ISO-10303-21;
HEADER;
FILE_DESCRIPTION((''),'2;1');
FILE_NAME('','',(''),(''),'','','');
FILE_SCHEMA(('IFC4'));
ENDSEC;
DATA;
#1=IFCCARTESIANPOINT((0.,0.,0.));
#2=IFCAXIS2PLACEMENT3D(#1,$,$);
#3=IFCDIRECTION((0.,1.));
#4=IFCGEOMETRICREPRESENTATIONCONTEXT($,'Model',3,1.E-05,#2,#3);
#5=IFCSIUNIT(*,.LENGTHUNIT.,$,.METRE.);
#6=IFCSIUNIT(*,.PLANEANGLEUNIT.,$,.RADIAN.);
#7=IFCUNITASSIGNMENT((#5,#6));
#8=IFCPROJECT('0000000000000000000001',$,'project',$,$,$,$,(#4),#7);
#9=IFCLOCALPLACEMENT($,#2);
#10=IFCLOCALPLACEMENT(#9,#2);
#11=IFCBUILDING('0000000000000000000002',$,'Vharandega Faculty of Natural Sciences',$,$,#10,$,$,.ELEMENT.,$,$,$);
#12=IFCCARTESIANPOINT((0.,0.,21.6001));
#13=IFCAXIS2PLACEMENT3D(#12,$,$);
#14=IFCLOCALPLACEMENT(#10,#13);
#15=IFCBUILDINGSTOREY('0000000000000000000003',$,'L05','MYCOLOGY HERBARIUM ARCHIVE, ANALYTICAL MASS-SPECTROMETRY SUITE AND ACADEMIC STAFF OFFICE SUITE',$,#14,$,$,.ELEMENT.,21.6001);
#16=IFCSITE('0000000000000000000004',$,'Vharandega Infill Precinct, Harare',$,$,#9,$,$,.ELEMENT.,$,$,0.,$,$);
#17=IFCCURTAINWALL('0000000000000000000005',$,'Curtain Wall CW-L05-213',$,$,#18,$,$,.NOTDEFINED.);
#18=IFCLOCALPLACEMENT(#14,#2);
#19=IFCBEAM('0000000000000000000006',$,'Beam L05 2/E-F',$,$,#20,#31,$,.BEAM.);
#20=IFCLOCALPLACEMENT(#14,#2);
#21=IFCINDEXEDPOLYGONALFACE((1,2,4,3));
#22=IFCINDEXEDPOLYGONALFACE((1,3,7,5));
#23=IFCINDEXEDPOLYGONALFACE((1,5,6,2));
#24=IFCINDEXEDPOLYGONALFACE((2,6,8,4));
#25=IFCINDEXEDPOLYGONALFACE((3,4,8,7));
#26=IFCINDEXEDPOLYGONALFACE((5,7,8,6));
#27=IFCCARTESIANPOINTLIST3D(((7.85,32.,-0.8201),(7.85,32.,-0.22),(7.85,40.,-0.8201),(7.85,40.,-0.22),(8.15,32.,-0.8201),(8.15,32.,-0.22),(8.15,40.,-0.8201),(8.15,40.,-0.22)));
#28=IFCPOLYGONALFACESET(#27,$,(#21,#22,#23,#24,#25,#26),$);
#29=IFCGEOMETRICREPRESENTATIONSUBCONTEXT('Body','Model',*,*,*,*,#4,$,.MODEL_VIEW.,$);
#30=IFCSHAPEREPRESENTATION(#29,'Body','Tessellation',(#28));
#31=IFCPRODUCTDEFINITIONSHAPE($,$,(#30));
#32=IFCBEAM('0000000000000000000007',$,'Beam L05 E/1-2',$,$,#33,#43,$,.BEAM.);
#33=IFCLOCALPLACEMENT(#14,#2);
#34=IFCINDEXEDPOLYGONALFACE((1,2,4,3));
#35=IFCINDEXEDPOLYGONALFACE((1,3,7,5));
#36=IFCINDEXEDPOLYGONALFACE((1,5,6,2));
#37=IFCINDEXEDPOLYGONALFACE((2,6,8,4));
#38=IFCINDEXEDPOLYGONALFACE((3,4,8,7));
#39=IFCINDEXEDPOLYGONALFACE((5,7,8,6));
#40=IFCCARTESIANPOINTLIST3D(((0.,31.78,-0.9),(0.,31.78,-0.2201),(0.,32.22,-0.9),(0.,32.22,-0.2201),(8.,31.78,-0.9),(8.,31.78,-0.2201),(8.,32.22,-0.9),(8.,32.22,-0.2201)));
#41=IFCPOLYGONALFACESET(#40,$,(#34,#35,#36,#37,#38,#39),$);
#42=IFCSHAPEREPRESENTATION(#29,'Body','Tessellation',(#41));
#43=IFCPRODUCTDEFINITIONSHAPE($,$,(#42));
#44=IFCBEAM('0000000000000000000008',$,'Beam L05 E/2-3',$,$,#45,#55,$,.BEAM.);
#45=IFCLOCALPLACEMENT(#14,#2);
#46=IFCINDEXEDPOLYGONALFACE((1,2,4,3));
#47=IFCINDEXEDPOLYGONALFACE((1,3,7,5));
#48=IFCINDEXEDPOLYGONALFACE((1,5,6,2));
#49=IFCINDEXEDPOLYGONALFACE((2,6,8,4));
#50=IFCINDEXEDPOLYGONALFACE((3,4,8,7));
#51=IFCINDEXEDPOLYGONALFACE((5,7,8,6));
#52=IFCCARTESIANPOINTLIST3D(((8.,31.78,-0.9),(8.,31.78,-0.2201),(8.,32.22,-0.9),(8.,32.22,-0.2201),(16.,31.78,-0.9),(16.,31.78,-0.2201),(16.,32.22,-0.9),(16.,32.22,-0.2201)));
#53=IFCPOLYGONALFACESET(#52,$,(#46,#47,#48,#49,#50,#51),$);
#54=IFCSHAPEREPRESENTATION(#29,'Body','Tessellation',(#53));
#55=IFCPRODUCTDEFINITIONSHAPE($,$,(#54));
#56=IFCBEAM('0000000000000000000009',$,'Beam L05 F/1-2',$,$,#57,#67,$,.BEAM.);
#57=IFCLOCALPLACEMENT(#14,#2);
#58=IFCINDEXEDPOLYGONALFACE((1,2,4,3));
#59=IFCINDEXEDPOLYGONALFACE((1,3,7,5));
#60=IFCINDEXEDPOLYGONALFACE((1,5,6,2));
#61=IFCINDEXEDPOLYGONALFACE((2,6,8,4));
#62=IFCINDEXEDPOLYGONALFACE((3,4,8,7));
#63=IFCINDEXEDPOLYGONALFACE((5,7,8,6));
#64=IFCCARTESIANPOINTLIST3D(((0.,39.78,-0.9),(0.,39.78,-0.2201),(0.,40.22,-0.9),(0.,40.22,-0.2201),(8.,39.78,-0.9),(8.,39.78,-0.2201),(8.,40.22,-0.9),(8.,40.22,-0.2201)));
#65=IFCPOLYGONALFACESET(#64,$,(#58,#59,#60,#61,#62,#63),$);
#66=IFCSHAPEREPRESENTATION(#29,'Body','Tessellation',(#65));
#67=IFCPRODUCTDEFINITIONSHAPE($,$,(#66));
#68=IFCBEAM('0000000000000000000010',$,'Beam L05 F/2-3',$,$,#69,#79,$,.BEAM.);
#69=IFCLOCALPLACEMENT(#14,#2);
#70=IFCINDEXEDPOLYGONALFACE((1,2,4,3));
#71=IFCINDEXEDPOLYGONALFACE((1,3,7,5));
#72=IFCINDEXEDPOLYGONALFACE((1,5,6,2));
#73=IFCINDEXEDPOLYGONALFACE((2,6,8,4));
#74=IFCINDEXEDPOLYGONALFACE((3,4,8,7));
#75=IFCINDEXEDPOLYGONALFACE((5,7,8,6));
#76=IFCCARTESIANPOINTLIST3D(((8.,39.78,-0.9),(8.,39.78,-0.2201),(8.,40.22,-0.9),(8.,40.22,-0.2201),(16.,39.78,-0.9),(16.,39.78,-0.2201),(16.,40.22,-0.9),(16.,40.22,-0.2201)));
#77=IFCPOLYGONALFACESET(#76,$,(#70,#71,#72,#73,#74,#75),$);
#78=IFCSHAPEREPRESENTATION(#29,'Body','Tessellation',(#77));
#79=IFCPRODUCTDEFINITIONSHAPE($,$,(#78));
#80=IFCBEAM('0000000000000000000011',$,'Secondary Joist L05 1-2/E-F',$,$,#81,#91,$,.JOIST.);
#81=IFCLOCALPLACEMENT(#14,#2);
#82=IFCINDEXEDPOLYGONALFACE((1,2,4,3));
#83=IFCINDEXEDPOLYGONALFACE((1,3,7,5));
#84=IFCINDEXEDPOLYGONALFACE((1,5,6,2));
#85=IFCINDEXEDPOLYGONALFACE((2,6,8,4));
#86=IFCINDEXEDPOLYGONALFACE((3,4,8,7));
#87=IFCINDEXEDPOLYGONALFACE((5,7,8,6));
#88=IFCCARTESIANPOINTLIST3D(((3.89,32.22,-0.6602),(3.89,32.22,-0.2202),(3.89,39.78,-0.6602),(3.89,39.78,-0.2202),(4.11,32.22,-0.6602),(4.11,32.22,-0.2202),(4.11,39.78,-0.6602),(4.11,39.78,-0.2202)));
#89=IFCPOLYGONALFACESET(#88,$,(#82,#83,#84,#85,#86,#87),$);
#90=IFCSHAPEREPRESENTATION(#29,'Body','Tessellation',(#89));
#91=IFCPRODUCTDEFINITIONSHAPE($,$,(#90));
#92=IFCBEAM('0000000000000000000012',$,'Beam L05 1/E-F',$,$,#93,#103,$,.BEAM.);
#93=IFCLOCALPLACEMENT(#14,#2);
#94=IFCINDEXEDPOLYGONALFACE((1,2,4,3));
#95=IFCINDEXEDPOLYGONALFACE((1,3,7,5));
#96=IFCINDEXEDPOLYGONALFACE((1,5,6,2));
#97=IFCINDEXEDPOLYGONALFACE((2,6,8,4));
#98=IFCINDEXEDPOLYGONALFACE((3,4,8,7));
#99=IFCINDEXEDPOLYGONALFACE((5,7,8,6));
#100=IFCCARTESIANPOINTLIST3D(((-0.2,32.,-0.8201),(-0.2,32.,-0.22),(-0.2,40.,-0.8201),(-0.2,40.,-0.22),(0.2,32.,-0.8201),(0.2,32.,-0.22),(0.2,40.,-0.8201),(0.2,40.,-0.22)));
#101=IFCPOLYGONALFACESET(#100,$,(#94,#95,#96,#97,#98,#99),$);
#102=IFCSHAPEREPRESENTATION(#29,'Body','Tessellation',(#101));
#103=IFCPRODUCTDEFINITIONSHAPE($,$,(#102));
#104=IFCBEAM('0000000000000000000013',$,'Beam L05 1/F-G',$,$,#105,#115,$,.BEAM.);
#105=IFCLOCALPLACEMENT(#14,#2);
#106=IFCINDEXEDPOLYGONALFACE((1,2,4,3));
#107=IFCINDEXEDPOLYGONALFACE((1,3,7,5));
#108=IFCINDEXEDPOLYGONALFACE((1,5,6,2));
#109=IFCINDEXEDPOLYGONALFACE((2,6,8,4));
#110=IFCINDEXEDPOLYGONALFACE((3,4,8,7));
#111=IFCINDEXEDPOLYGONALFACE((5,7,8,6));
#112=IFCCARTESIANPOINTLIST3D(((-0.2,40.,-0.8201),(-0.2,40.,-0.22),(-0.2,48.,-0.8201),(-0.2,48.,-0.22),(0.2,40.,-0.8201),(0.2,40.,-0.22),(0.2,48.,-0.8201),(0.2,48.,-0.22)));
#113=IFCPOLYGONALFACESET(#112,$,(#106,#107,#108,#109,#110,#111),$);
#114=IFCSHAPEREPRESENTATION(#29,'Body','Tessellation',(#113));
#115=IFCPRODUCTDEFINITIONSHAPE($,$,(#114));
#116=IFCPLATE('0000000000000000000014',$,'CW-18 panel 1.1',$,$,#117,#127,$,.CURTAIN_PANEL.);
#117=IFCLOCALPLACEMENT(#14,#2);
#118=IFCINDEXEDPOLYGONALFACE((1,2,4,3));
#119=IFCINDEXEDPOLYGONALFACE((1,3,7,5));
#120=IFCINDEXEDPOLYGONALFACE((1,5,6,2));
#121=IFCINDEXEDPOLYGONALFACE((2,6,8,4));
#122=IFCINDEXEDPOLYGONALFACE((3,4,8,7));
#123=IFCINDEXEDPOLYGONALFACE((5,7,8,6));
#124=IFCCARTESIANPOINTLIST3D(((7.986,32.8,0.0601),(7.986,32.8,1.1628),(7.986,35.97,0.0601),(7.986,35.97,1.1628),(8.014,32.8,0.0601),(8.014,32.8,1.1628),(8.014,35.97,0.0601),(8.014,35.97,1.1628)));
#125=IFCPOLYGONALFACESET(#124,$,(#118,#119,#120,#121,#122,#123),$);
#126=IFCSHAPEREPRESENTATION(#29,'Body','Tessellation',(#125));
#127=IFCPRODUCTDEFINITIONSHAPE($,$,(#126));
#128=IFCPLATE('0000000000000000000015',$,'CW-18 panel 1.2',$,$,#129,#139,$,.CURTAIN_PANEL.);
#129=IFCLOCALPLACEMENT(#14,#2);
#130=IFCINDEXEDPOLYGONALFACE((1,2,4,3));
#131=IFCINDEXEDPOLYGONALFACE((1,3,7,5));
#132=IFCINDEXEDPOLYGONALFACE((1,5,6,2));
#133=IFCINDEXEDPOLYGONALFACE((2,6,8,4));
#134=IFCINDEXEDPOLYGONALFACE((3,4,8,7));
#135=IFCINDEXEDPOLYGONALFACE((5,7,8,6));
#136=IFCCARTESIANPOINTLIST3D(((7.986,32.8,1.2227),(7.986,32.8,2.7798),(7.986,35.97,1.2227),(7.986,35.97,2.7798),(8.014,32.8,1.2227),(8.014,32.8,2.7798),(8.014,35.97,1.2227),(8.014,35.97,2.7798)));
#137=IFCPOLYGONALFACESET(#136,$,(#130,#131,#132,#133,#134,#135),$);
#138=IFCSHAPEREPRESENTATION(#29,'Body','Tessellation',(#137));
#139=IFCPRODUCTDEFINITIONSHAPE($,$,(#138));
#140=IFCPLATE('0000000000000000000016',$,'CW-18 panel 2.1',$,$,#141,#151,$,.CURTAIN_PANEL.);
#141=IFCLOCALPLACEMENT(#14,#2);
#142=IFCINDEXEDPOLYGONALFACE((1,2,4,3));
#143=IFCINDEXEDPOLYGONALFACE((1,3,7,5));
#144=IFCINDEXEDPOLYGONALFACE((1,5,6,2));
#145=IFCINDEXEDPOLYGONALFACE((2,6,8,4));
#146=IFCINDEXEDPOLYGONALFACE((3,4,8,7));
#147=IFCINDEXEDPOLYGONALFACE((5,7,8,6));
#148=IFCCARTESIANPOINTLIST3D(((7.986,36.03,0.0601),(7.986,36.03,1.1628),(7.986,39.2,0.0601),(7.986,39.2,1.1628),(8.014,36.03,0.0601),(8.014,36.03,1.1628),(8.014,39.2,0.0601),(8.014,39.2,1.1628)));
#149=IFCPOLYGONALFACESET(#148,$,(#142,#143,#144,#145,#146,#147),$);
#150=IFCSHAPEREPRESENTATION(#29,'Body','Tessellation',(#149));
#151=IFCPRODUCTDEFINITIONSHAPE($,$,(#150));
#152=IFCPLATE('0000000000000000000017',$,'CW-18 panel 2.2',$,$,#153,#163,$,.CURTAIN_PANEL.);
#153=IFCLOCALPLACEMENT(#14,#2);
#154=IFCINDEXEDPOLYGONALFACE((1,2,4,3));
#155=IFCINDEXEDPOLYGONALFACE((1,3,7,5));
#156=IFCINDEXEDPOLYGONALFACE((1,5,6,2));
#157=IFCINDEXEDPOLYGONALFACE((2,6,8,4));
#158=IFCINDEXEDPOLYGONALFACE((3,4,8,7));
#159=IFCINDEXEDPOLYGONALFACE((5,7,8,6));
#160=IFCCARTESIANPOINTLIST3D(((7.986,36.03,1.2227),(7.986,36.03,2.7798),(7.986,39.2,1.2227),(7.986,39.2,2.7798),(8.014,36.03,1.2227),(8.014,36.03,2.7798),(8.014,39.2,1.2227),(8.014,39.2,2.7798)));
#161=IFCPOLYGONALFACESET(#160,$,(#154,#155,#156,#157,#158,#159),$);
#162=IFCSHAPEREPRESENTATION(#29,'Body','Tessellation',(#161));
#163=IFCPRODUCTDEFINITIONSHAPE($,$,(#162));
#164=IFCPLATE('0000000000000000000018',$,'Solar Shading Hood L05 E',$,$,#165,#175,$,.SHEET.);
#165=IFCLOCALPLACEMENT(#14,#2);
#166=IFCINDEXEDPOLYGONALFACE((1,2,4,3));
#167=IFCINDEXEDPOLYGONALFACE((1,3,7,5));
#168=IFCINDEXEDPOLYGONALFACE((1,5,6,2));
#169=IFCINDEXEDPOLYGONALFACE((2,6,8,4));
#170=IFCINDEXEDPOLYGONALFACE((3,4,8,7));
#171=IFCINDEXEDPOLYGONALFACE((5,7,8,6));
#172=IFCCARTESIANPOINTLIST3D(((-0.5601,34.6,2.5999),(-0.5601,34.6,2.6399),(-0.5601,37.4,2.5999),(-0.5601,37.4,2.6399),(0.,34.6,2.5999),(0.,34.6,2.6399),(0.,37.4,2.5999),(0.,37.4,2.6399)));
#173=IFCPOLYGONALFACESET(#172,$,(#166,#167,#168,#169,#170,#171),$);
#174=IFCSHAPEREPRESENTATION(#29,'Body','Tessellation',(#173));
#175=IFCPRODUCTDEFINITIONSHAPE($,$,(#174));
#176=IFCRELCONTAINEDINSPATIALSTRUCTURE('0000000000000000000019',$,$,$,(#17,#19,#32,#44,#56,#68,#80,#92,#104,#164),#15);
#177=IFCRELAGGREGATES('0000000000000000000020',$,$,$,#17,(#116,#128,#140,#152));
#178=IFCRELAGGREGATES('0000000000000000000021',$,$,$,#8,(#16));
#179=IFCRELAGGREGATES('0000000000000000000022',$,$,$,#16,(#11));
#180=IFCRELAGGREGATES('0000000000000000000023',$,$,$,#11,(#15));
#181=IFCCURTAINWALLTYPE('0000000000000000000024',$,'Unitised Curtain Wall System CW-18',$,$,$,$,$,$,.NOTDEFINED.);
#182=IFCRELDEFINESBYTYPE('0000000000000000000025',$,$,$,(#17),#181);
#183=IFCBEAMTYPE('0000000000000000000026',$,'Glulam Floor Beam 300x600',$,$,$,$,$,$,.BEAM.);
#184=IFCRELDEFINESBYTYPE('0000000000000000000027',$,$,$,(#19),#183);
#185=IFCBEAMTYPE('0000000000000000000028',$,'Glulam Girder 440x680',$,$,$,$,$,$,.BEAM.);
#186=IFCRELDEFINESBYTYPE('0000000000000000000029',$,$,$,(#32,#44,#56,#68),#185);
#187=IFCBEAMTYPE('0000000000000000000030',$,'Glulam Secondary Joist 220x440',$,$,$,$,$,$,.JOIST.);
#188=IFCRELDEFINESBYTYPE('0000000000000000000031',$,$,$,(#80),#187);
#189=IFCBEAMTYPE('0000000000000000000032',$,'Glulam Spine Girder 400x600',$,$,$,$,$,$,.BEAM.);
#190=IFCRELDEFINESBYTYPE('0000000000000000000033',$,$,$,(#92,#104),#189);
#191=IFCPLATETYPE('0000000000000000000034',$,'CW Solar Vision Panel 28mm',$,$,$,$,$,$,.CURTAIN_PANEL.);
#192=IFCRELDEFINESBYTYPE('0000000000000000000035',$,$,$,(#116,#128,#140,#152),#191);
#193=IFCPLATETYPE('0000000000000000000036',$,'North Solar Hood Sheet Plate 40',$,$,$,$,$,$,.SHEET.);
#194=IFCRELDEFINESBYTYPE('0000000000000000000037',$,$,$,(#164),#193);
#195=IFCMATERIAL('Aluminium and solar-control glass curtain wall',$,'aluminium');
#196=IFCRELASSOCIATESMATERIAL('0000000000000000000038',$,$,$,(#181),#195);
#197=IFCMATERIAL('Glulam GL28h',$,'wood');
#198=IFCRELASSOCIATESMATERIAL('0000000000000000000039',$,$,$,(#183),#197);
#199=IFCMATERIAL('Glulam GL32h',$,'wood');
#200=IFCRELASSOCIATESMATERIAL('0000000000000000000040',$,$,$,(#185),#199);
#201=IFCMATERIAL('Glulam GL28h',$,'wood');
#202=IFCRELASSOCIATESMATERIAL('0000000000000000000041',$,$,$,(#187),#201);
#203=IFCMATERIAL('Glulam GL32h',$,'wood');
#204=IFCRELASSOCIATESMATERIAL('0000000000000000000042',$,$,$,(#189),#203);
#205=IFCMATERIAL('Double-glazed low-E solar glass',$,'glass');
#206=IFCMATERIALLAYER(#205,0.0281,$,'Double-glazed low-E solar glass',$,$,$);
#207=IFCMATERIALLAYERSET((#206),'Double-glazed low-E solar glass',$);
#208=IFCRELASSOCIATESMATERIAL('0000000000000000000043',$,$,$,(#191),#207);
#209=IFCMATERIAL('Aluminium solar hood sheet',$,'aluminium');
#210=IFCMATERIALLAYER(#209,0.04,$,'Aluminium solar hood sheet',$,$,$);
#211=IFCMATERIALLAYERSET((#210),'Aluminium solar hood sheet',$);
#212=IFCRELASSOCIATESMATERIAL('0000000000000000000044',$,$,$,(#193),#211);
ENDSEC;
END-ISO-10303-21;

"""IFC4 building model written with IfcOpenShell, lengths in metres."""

from ifc_helpers import new_model, si_unit, direction, frame, origin, origin_2d, place, context, subcontext, project, spatial, rectangle, extrude, material, layer, layer_set, material_profile, profile_set, type_object, element, aggregate, save


model = new_model("IFC4")

# Units and contexts
model_context = context("Model", 3, precision=1e-05, world=origin(), true_north=direction((0.0, 1.0)))
body_context = subcontext(model_context, "Body", "Model", "MODEL_VIEW")
ifc_project = project(units=[si_unit("LENGTHUNIT", "METRE"), si_unit("PLANEANGLEUNIT", "RADIAN")], contexts=[model_context])

# Site, building, storey
site_placement = place(None, origin())
site = spatial("IfcSite", under=ifc_project, at=site_placement, Name="Vharandega Infill Precinct, Harare", CompositionType="ELEMENT", RefElevation=0.0)
building_placement = place(site_placement, origin())
building = spatial("IfcBuilding", under=site, at=building_placement, Name="Vharandega Faculty of Natural Sciences", CompositionType="ELEMENT")
storey_placement = place(building_placement, frame((0.0, 0.0, 21.6001)))
storey = spatial("IfcBuildingStorey", under=building, at=storey_placement, Name="L05", Description="MYCOLOGY HERBARIUM ARCHIVE, ANALYTICAL MASS-SPECTROMETRY SUITE AND ACADEMIC STAFF OFFICE SUITE", CompositionType="ELEMENT", Elevation=21.6001)

# Curtain wall
ifc_material_1 = material(Name="Aluminium and solar-control glass curtain wall", Category="aluminium")
curtain_wall_type_1 = type_object("IfcCurtainWallType", Name="Unitised Curtain Wall System CW-18", PredefinedType="NOTDEFINED", material=ifc_material_1)
curtain_wall_1_placement = place(storey_placement, origin())
curtain_wall_1 = element("IfcCurtainWall", 1, at=curtain_wall_1_placement, inside=storey, type_object=curtain_wall_type_1, Name="Curtain Wall CW-L05-213", PredefinedType="NOTDEFINED")

# Beams
ifc_material_2 = material(Name="Glulam GL28h", Category="wood")
ifc_material_profile_1 = material_profile(ifc_material_2, rectangle(XDim=0.3, YDim=0.6001, at=origin_2d()), Name="GL28h 300x600")
ifc_profile_set_1 = profile_set([ifc_material_profile_1], Name="Glulam GL28h")
beam_type_1 = type_object("IfcBeamType", Name="Glulam Floor Beam 300x600", PredefinedType="BEAM", material=ifc_profile_set_1)
beam_1_placement = place(storey_placement, frame((8.0, 32.0, -0.52), z_axis=(0.0, 1.0, 0.0), x_axis=(-1.0, 0.0, 0.0)))
element("IfcBeam", 2, at=beam_1_placement, inside=storey, type_object=beam_type_1, Name="Beam L05 2/E-F", PredefinedType="BEAM", context=body_context, shape_type="SweptSolid", body=[
    extrude(rectangle(XDim=0.3, YDim=0.6001, at=origin_2d()), origin(), (0.0, 0.0, 1.0), 8.0),
])
ifc_material_3 = material(Name="Glulam GL32h", Category="wood")
ifc_material_profile_2 = material_profile(ifc_material_3, rectangle(XDim=0.4399, YDim=0.6799, at=origin_2d()), Name="GL32h 440x680")
ifc_profile_set_2 = profile_set([ifc_material_profile_2], Name="Glulam GL32h")
beam_type_2 = type_object("IfcBeamType", Name="Glulam Girder 440x680", PredefinedType="BEAM", material=ifc_profile_set_2)
for number, where, z_axis, x_axis, name in (
    (3, (0.0, 32.0, -0.5601), (1.0, 0.0, 0.0), (0.0, 1.0, 0.0), "Beam L05 E/1-2"),
    (4, (8.0, 32.0, -0.5601), (1.0, 0.0, 0.0), (0.0, 1.0, 0.0), "Beam L05 E/2-3"),
    (5, (0.0, 40.0, -0.5601), (1.0, 0.0, 0.0), (0.0, 1.0, 0.0), "Beam L05 F/1-2"),
    (6, (8.0, 40.0, -0.5601), (1.0, 0.0, 0.0), (0.0, 1.0, 0.0), "Beam L05 F/2-3"),
):
    element("IfcBeam", number, at=place(storey_placement, frame(where, z_axis=z_axis, x_axis=x_axis)), inside=storey, type_object=beam_type_2, Name=name, PredefinedType="BEAM", context=body_context, shape_type="SweptSolid", body=[
        extrude(rectangle(XDim=0.4399, YDim=0.6799, at=origin_2d()), origin(), (0.0, 0.0, 1.0), 8.0),
    ])
ifc_material_4 = material(Name="Glulam GL28h", Category="wood")
ifc_material_profile_3 = material_profile(ifc_material_4, rectangle(XDim=0.22, YDim=0.4399, at=origin_2d()), Name="GL28h 220x440")
ifc_profile_set_3 = profile_set([ifc_material_profile_3], Name="Glulam GL28h")
beam_type_3 = type_object("IfcBeamType", Name="Glulam Secondary Joist 220x440", PredefinedType="JOIST", material=ifc_profile_set_3)
beam_2_placement = place(storey_placement, frame((4.0, 32.22, -0.4402), z_axis=(0.0, 1.0, 0.0), x_axis=(-1.0, 0.0, 0.0)))
element("IfcBeam", 7, at=beam_2_placement, inside=storey, type_object=beam_type_3, Name="Secondary Joist L05 1-2/E-F", PredefinedType="JOIST", context=body_context, shape_type="SweptSolid", body=[
    extrude(rectangle(XDim=0.22, YDim=0.4399, at=origin_2d()), origin(), (0.0, 0.0, 1.0), 7.5601),
])
ifc_material_5 = material(Name="Glulam GL32h", Category="wood")
ifc_material_profile_4 = material_profile(ifc_material_5, rectangle(XDim=0.3999, YDim=0.6001, at=origin_2d()), Name="GL32h 400x600")
ifc_profile_set_4 = profile_set([ifc_material_profile_4], Name="Glulam GL32h")
beam_type_4 = type_object("IfcBeamType", Name="Glulam Spine Girder 400x600", PredefinedType="BEAM", material=ifc_profile_set_4)
for number, where, z_axis, x_axis, name in (
    (8, (0.0, 32.0, -0.52), (0.0, 1.0, 0.0), (-1.0, 0.0, 0.0), "Beam L05 1/E-F"),
    (9, (0.0, 40.0, -0.52), (0.0, 1.0, 0.0), (-1.0, 0.0, 0.0), "Beam L05 1/F-G"),
):
    element("IfcBeam", number, at=place(storey_placement, frame(where, z_axis=z_axis, x_axis=x_axis)), inside=storey, type_object=beam_type_4, Name=name, PredefinedType="BEAM", context=body_context, shape_type="SweptSolid", body=[
        extrude(rectangle(XDim=0.3999, YDim=0.6001, at=origin_2d()), origin(), (0.0, 0.0, 1.0), 8.0),
    ])

# Plates
ifc_material_6 = material(Name="Double-glazed low-E solar glass", Category="glass")
ifc_layer_1 = layer(ifc_material_6, 0.0281, Name="Double-glazed low-E solar glass")
ifc_layer_set_1 = layer_set([ifc_layer_1], Name="Double-glazed low-E solar glass")
plate_type_1 = type_object("IfcPlateType", Name="CW Solar Vision Panel 28mm", PredefinedType="CURTAIN_PANEL", material=ifc_layer_set_1)
plate_1_placement = place(storey_placement, frame((8.0, 34.385, 0.0601), z_axis=(0.0, 0.0, 1.0), x_axis=(0.0, 1.0, 0.0)))
plate_1 = element("IfcPlate", 10, at=plate_1_placement, type_object=plate_type_1, Name="CW-18 panel 1.1", PredefinedType="CURTAIN_PANEL", context=body_context, shape_type="SweptSolid", body=[
    extrude(rectangle(XDim=3.1699, YDim=0.0281, at=origin_2d()), origin(), (0.0, 0.0, 1.0), 1.1028),
])
plate_2_placement = place(storey_placement, frame((8.0, 34.385, 1.2227), z_axis=(0.0, 0.0, 1.0), x_axis=(0.0, 1.0, 0.0)))
plate_2 = element("IfcPlate", 11, at=plate_2_placement, type_object=plate_type_1, Name="CW-18 panel 1.2", PredefinedType="CURTAIN_PANEL", context=body_context, shape_type="SweptSolid", body=[
    extrude(rectangle(XDim=3.1699, YDim=0.0281, at=origin_2d()), origin(), (0.0, 0.0, 1.0), 1.5571),
])
plate_3_placement = place(storey_placement, frame((8.0, 37.615, 0.0601), z_axis=(0.0, 0.0, 1.0), x_axis=(0.0, 1.0, 0.0)))
plate_3 = element("IfcPlate", 12, at=plate_3_placement, type_object=plate_type_1, Name="CW-18 panel 2.1", PredefinedType="CURTAIN_PANEL", context=body_context, shape_type="SweptSolid", body=[
    extrude(rectangle(XDim=3.1699, YDim=0.0281, at=origin_2d()), origin(), (0.0, 0.0, 1.0), 1.1028),
])
plate_4_placement = place(storey_placement, frame((8.0, 37.615, 1.2227), z_axis=(0.0, 0.0, 1.0), x_axis=(0.0, 1.0, 0.0)))
plate_4 = element("IfcPlate", 13, at=plate_4_placement, type_object=plate_type_1, Name="CW-18 panel 2.2", PredefinedType="CURTAIN_PANEL", context=body_context, shape_type="SweptSolid", body=[
    extrude(rectangle(XDim=3.1699, YDim=0.0281, at=origin_2d()), origin(), (0.0, 0.0, 1.0), 1.5571),
])
aggregate(curtain_wall_1, [plate_1, plate_2, plate_3, plate_4])
ifc_material_7 = material(Name="Aluminium solar hood sheet", Category="aluminium")
ifc_layer_2 = layer(ifc_material_7, 0.04, Name="Aluminium solar hood sheet")
ifc_layer_set_2 = layer_set([ifc_layer_2], Name="Aluminium solar hood sheet")
plate_type_2 = type_object("IfcPlateType", Name="North Solar Hood Sheet Plate 40", PredefinedType="SHEET", material=ifc_layer_set_2)
plate_5_placement = place(storey_placement, frame((-0.28, 36.0, 2.5999), z_axis=(0.0, 0.0, 1.0), x_axis=(1.0, 0.0, 0.0)))
element("IfcPlate", 14, at=plate_5_placement, inside=storey, type_object=plate_type_2, Name="Solar Shading Hood L05 E", PredefinedType="SHEET", context=body_context, shape_type="SweptSolid", body=[
    extrude(rectangle(XDim=0.5601, YDim=2.8, at=origin_2d()), origin(), (0.0, 0.0, 1.0), 0.04),
])

save(model, "model.ifc")
